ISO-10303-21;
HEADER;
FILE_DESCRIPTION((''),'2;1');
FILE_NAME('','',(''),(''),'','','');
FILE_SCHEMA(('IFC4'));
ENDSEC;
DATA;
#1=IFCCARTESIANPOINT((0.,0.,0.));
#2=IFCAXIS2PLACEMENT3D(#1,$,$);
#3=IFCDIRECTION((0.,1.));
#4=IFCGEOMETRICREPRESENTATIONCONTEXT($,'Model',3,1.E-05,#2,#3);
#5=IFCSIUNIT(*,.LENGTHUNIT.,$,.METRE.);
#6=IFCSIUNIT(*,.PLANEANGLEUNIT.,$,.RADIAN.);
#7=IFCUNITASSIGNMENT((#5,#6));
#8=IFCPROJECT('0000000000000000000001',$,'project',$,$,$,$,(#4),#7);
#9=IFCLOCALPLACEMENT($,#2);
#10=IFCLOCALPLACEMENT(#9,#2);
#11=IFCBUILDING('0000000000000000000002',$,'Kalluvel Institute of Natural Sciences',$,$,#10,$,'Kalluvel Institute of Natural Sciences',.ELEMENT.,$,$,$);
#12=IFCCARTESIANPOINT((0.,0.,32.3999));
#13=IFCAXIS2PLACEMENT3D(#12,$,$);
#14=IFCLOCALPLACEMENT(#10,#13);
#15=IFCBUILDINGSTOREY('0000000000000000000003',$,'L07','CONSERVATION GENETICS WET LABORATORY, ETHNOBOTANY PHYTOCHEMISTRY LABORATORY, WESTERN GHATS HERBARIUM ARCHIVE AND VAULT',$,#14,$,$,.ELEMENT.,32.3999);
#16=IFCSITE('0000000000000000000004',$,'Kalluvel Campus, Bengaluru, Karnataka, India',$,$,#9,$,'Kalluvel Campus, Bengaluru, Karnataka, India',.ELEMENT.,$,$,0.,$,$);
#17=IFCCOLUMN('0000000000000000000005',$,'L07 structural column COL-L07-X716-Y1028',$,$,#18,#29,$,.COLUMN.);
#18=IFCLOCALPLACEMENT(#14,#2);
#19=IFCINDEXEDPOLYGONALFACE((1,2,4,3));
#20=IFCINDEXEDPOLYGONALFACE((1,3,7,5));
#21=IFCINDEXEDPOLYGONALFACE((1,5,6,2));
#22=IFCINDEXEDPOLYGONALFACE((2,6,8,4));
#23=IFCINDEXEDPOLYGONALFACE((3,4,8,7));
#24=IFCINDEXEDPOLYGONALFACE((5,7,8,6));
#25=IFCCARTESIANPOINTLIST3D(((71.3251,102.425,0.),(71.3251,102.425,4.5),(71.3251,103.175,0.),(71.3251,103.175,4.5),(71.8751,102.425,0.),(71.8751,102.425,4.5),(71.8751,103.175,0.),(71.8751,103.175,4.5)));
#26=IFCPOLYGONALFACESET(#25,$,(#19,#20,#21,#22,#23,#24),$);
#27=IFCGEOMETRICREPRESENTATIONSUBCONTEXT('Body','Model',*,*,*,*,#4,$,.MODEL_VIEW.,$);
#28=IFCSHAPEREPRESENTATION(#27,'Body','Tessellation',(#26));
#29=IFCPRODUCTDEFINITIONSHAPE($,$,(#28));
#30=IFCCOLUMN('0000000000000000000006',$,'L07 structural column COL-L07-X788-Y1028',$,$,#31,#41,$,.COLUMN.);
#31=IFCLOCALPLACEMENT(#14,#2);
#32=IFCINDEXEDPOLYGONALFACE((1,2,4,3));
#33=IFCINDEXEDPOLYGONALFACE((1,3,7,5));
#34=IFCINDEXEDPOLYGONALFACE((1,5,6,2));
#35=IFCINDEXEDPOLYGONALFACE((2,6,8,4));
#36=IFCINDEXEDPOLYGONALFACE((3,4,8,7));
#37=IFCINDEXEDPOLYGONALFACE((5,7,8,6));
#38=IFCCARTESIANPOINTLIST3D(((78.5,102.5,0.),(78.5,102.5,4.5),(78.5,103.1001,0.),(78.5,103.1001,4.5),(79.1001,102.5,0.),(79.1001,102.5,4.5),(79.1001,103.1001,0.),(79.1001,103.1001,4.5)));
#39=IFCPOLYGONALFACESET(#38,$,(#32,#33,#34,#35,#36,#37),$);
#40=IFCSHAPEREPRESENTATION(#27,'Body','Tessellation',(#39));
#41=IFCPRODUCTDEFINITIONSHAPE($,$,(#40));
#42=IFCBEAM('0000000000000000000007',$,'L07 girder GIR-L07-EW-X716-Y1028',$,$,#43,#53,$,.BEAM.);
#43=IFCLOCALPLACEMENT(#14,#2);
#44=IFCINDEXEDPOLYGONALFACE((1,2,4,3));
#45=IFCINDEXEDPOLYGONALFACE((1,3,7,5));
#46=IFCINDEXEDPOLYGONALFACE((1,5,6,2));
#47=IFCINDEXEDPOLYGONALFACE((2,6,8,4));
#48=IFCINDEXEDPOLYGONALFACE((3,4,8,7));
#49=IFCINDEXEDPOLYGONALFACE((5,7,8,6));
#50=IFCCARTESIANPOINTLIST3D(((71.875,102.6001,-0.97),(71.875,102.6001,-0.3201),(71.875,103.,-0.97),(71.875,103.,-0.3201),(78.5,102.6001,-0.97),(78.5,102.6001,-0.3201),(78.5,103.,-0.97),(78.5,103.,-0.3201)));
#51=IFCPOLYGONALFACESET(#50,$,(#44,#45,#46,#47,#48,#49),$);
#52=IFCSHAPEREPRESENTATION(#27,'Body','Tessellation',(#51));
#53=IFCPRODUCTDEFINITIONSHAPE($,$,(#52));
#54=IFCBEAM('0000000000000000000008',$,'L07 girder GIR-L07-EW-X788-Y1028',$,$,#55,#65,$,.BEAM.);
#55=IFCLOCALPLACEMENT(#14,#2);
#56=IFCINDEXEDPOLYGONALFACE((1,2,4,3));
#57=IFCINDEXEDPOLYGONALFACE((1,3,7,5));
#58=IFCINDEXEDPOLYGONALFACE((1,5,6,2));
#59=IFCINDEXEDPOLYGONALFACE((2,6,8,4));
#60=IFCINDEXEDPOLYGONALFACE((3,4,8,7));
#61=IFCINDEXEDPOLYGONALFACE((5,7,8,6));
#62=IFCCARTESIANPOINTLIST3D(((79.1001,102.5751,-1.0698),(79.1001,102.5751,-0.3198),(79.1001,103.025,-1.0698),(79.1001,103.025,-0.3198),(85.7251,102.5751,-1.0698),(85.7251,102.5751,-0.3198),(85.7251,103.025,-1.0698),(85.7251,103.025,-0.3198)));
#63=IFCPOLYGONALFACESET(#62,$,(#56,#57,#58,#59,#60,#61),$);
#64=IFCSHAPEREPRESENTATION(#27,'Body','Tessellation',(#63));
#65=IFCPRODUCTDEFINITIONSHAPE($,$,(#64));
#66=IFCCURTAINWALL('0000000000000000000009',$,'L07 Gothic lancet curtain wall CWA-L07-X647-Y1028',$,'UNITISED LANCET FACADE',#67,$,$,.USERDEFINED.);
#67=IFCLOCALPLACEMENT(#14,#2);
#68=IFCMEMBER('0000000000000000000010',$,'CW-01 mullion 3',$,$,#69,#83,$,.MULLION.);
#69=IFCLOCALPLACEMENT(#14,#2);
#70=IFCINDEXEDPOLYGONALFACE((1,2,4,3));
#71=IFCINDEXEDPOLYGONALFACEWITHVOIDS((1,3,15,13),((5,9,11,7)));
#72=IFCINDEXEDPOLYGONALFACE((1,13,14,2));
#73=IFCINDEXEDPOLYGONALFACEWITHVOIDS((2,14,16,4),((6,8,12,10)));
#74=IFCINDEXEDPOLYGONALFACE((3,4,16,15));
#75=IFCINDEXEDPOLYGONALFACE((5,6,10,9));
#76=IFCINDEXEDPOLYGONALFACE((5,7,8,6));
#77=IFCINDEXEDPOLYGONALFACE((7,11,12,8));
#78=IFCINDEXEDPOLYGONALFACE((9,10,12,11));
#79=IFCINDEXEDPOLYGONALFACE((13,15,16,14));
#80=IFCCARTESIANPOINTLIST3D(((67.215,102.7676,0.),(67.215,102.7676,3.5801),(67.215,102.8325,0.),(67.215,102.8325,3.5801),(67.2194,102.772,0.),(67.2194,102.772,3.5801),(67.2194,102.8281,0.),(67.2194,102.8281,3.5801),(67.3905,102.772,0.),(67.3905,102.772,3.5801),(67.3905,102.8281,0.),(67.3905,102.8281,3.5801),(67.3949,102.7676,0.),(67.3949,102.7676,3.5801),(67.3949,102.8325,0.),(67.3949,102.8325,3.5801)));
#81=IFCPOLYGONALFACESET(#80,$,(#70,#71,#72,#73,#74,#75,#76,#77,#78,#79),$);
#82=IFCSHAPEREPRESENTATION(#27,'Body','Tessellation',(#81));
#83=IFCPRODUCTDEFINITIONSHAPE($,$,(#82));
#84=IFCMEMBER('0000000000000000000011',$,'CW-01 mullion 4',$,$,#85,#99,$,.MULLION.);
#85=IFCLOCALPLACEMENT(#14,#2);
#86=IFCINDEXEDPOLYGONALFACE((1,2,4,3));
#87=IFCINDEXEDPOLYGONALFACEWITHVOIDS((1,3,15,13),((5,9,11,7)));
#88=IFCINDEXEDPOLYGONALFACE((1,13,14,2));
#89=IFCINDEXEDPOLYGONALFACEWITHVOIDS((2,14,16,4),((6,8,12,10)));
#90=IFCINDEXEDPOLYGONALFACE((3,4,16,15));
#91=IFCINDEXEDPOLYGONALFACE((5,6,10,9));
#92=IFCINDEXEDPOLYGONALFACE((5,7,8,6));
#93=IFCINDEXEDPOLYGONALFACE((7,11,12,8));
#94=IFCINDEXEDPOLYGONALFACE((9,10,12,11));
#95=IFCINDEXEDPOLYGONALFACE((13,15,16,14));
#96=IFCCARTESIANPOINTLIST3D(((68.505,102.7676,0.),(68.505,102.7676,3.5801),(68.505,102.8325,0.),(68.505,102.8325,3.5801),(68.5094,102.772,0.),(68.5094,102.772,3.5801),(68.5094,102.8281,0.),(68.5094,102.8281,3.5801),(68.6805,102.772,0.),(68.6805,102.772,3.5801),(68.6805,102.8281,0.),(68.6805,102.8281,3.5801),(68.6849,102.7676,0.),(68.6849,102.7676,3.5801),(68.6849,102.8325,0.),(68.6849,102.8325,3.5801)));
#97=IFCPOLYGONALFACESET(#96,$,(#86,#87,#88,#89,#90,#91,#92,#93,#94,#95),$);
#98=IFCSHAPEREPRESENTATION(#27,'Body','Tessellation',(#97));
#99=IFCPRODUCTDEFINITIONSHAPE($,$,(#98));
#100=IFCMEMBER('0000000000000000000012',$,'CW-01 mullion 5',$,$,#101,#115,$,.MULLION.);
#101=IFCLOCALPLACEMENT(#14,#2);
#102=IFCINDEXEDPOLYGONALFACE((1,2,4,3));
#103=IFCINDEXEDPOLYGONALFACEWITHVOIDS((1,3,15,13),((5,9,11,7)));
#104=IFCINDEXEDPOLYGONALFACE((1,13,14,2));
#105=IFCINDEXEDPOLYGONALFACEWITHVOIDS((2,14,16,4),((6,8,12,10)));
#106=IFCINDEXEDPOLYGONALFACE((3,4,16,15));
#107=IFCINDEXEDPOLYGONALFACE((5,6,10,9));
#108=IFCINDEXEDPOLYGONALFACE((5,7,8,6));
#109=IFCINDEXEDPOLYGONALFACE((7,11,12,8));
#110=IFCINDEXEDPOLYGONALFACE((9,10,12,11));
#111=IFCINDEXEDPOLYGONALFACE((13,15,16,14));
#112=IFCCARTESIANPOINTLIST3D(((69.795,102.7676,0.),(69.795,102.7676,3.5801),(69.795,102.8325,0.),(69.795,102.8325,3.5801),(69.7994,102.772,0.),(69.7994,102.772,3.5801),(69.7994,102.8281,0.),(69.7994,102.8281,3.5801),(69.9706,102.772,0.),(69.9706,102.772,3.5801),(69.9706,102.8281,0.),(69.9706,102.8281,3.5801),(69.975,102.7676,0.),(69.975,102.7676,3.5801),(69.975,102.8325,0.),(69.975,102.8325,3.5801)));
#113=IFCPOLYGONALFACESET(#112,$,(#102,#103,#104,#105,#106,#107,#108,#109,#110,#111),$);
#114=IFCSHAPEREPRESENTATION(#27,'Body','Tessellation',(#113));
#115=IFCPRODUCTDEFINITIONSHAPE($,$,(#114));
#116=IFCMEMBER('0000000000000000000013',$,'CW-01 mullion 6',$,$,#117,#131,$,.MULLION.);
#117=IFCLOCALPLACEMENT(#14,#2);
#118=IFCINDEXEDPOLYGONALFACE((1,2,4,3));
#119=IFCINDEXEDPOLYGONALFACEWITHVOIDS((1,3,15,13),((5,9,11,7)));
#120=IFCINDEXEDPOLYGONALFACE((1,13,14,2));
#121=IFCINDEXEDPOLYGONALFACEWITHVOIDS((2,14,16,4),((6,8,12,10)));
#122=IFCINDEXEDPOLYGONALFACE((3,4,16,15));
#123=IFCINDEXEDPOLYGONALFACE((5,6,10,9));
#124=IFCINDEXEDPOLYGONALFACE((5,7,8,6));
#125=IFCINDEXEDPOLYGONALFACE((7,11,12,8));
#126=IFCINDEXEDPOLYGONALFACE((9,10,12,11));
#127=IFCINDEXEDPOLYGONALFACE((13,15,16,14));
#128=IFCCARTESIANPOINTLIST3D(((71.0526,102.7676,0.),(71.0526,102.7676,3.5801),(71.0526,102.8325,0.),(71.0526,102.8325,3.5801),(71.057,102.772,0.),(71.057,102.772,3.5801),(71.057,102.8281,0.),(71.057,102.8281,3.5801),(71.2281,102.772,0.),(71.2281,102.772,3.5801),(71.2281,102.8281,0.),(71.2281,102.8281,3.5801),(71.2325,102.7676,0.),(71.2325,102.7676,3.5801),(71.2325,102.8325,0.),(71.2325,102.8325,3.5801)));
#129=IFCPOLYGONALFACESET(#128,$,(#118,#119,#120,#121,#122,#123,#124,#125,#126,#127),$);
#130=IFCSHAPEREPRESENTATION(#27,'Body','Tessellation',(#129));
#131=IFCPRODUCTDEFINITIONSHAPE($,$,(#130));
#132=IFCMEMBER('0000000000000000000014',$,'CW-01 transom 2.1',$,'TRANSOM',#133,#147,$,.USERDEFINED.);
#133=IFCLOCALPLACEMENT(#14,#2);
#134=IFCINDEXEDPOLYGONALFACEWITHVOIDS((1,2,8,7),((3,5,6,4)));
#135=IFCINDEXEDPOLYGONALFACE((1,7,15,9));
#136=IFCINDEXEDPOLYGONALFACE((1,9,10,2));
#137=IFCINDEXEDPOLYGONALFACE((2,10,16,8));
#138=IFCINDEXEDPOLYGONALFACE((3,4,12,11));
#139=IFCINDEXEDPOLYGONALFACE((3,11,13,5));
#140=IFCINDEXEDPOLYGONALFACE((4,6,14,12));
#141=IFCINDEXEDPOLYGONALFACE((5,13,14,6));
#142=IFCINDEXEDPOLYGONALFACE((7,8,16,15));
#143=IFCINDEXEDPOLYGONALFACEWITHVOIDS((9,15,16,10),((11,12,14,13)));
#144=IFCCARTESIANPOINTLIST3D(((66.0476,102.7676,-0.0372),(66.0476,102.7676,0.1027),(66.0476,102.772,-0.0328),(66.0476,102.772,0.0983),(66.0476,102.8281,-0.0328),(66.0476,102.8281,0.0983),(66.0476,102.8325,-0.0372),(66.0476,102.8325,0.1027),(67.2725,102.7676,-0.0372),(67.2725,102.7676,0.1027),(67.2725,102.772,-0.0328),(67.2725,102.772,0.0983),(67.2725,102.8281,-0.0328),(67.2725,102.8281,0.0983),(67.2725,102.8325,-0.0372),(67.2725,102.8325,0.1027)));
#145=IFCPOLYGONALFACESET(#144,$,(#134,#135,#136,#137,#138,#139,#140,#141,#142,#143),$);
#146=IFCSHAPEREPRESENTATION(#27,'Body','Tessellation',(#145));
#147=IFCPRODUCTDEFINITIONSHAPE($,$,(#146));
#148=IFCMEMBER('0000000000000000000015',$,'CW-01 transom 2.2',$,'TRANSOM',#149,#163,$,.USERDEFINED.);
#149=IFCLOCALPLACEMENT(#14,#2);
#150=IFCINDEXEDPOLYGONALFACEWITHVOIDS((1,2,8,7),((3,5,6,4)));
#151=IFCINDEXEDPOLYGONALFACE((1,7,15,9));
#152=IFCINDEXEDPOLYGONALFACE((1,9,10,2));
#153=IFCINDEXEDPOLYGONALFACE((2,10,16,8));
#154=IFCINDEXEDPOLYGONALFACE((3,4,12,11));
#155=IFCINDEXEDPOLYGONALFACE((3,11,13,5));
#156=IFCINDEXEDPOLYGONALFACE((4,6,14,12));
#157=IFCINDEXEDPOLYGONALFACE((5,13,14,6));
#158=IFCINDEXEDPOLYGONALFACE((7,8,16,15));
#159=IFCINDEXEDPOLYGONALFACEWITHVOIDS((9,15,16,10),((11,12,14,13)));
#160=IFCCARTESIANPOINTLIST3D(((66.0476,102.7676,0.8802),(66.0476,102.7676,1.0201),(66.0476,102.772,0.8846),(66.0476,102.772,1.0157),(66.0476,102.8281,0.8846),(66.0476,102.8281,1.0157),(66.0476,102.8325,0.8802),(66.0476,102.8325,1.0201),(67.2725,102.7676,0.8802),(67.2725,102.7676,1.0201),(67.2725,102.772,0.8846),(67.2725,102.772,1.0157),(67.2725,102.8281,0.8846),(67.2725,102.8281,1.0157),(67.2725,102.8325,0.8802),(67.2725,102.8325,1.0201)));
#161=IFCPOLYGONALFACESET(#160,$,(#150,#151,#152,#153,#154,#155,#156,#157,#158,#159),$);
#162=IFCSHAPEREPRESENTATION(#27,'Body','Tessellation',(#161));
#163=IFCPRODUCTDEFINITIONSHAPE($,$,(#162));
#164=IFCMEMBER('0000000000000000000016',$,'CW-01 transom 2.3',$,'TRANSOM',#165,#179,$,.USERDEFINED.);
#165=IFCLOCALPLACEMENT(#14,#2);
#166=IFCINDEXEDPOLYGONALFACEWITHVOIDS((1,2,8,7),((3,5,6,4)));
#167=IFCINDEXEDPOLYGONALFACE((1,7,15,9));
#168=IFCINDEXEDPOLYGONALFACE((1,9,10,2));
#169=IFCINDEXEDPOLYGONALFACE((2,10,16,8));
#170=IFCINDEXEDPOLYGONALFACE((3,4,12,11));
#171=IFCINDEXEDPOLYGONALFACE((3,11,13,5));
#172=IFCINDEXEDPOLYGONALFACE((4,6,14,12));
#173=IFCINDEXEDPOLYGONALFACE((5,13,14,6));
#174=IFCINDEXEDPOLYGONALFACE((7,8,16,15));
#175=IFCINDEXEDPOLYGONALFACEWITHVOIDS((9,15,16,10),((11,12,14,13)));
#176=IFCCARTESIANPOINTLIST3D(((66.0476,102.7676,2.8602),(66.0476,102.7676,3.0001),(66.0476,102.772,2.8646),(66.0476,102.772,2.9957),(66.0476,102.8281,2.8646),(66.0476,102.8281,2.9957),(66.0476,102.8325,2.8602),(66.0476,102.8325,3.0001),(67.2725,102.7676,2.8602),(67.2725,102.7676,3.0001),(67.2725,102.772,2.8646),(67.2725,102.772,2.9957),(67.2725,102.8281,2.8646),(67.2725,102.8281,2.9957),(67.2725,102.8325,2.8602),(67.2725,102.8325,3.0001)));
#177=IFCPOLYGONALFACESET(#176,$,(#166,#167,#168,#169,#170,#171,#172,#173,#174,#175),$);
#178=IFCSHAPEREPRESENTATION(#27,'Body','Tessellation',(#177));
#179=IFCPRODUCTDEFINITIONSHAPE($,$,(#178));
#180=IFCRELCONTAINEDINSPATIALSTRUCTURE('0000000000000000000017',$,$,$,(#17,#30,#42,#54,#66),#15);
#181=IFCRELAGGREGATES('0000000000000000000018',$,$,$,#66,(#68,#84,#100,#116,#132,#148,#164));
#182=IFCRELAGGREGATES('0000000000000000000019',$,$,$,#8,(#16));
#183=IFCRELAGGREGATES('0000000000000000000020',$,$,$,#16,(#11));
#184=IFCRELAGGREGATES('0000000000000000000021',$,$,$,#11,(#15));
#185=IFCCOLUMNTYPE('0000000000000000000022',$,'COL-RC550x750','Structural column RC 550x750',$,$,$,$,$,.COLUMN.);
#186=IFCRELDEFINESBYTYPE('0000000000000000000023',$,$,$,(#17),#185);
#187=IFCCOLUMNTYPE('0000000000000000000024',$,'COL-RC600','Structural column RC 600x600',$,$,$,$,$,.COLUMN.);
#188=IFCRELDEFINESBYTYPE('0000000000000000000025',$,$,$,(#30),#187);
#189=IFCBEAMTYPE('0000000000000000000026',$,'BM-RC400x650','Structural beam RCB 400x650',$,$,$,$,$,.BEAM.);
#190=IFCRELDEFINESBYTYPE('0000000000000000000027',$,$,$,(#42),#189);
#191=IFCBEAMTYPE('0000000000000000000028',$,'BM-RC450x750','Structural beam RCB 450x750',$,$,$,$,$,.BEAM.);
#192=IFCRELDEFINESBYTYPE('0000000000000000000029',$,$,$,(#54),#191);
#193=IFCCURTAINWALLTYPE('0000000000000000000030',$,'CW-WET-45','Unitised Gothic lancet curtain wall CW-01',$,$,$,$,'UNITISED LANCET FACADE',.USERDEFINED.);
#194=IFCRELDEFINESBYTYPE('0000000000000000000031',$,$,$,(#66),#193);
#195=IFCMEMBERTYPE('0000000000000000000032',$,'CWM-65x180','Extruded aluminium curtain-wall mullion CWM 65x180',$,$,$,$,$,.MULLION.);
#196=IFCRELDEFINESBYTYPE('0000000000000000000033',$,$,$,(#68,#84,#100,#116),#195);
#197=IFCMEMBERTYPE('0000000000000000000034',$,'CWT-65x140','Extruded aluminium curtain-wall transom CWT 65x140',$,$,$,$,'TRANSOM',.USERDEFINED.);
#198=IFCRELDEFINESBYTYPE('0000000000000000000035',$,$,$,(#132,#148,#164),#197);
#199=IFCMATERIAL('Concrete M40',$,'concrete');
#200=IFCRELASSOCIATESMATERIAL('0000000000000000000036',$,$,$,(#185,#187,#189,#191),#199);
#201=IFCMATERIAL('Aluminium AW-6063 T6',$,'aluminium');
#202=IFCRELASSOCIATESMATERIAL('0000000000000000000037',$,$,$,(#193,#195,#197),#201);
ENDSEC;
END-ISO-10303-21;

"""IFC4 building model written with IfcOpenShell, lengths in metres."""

from ifc_helpers import new_model, si_unit, direction, frame, origin, origin_2d, place, context, subcontext, project, spatial, rectangle, hollow_rectangle, extrude, material, material_profile, profile_set, type_object, element, aggregate, save


model = new_model("IFC4")

# Units and contexts
model_context = context("Model", 3, precision=1e-05, world=origin(), true_north=direction((0.0, 1.0)))
body_context = subcontext(model_context, "Body", "Model", "MODEL_VIEW")
ifc_project = project(units=[si_unit("LENGTHUNIT", "METRE"), si_unit("PLANEANGLEUNIT", "RADIAN")], contexts=[model_context])

# Site, building, storey
site_placement = place(None, origin())
site = spatial("IfcSite", under=ifc_project, at=site_placement, Name="Kalluvel Campus, Bengaluru, Karnataka, India", LongName="Kalluvel Campus, Bengaluru, Karnataka, India", CompositionType="ELEMENT", RefElevation=0.0)
building_placement = place(site_placement, origin())
building = spatial("IfcBuilding", under=site, at=building_placement, Name="Kalluvel Institute of Natural Sciences", LongName="Kalluvel Institute of Natural Sciences", CompositionType="ELEMENT")
storey_placement = place(building_placement, frame((0.0, 0.0, 32.3999)))
storey = spatial("IfcBuildingStorey", under=building, at=storey_placement, Name="L07", Description="CONSERVATION GENETICS WET LABORATORY, ETHNOBOTANY PHYTOCHEMISTRY LABORATORY, WESTERN GHATS HERBARIUM ARCHIVE AND VAULT", CompositionType="ELEMENT", Elevation=32.3999)

# Columns
ifc_material_1 = material(Name="Concrete M40", Category="concrete")
ifc_material_profile_1 = material_profile(ifc_material_1, rectangle(XDim=0.55, YDim=0.75, at=origin_2d()), Name="RC 550x750")
ifc_profile_set_1 = profile_set([ifc_material_profile_1], Name="Concrete M40")
column_type_1 = type_object("IfcColumnType", Name="COL-RC550x750", Description="Structural column RC 550x750", PredefinedType="COLUMN", material=ifc_profile_set_1)
column_1_placement = place(storey_placement, frame((71.6001, 102.8, 0.0), z_axis=(0.0, 0.0, 1.0), x_axis=(1.0, 0.0, 0.0)))
element("IfcColumn", 1, at=column_1_placement, inside=storey, type_object=column_type_1, Name="L07 structural column COL-L07-X716-Y1028", PredefinedType="COLUMN", context=body_context, shape_type="SweptSolid", body=[
    extrude(rectangle(XDim=0.55, YDim=0.75, at=origin_2d()), origin(), (0.0, 0.0, 1.0), 4.5),
])
ifc_material_profile_2 = material_profile(ifc_material_1, rectangle(XDim=0.6001, YDim=0.6001, at=origin_2d()), Name="RC 600x600")
ifc_profile_set_2 = profile_set([ifc_material_profile_2], Name="Concrete M40")
column_type_2 = type_object("IfcColumnType", Name="COL-RC600", Description="Structural column RC 600x600", PredefinedType="COLUMN", material=ifc_profile_set_2)
column_2_placement = place(storey_placement, frame((78.8, 102.8, 0.0), z_axis=(0.0, 0.0, 1.0), x_axis=(1.0, 0.0, 0.0)))
element("IfcColumn", 2, at=column_2_placement, inside=storey, type_object=column_type_2, Name="L07 structural column COL-L07-X788-Y1028", PredefinedType="COLUMN", context=body_context, shape_type="SweptSolid", body=[
    extrude(rectangle(XDim=0.6001, YDim=0.6001, at=origin_2d()), origin(), (0.0, 0.0, 1.0), 4.5),
])

# Beams
ifc_material_profile_3 = material_profile(ifc_material_1, rectangle(XDim=0.3999, YDim=0.6499, at=origin_2d()), Name="RCB 400x650")
ifc_profile_set_3 = profile_set([ifc_material_profile_3], Name="Concrete M40")
beam_type_1 = type_object("IfcBeamType", Name="BM-RC400x650", Description="Structural beam RCB 400x650", PredefinedType="BEAM", material=ifc_profile_set_3)
beam_1_placement = place(storey_placement, frame((71.875, 102.8, -0.645), z_axis=(1.0, 0.0, 0.0), x_axis=(0.0, 1.0, 0.0)))
element("IfcBeam", 3, at=beam_1_placement, inside=storey, type_object=beam_type_1, Name="L07 girder GIR-L07-EW-X716-Y1028", PredefinedType="BEAM", context=body_context, shape_type="SweptSolid", body=[
    extrude(rectangle(XDim=0.3999, YDim=0.6499, at=origin_2d()), origin(), (0.0, 0.0, 1.0), 6.625),
])
ifc_material_profile_4 = material_profile(ifc_material_1, rectangle(XDim=0.45, YDim=0.75, at=origin_2d()), Name="RCB 450x750")
ifc_profile_set_4 = profile_set([ifc_material_profile_4], Name="Concrete M40")
beam_type_2 = type_object("IfcBeamType", Name="BM-RC450x750", Description="Structural beam RCB 450x750", PredefinedType="BEAM", material=ifc_profile_set_4)
beam_2_placement = place(storey_placement, frame((79.1001, 102.8, -0.6948), z_axis=(1.0, 0.0, 0.0), x_axis=(0.0, 1.0, 0.0)))
element("IfcBeam", 4, at=beam_2_placement, inside=storey, type_object=beam_type_2, Name="L07 girder GIR-L07-EW-X788-Y1028", PredefinedType="BEAM", context=body_context, shape_type="SweptSolid", body=[
    extrude(rectangle(XDim=0.45, YDim=0.75, at=origin_2d()), origin(), (0.0, 0.0, 1.0), 6.625),
])

# Curtain wall, members
ifc_material_2 = material(Name="Aluminium AW-6063 T6", Category="aluminium")
curtain_wall_type = type_object("IfcCurtainWallType", Name="CW-WET-45", Description="Unitised Gothic lancet curtain wall CW-01", ElementType="UNITISED LANCET FACADE", PredefinedType="USERDEFINED", material=ifc_material_2)
curtain_wall_placement = place(storey_placement, origin())
curtain_wall = element("IfcCurtainWall", 5, at=curtain_wall_placement, inside=storey, type_object=curtain_wall_type, Name="L07 Gothic lancet curtain wall CWA-L07-X647-Y1028", ObjectType="UNITISED LANCET FACADE", PredefinedType="USERDEFINED")
ifc_material_profile_5 = material_profile(ifc_material_2, hollow_rectangle(XDim=0.0649, YDim=0.1799, WallThickness=0.0044, at=origin_2d()), Name="CWM 65x180")
ifc_profile_set_5 = profile_set([ifc_material_profile_5], Name="Aluminium AW-6063 T6")
member_type_1 = type_object("IfcMemberType", Name="CWM-65x180", Description="Extruded aluminium curtain-wall mullion CWM 65x180", PredefinedType="MULLION", material=ifc_profile_set_5)
member_1_placement = place(storey_placement, frame((67.3049, 102.8, 0.0), z_axis=(0.0, 0.0, 1.0), x_axis=(0.0, 1.0, 0.0)))
member_1 = element("IfcMember", 6, at=member_1_placement, type_object=member_type_1, Name="CW-01 mullion 3", PredefinedType="MULLION", context=body_context, shape_type="SweptSolid", body=[
    extrude(hollow_rectangle(XDim=0.0649, YDim=0.1799, WallThickness=0.0044, at=origin_2d()), origin(), (0.0, 0.0, 1.0), 3.5801),
])
member_2_placement = place(storey_placement, frame((68.595, 102.8, 0.0), z_axis=(0.0, 0.0, 1.0), x_axis=(0.0, 1.0, 0.0)))
member_2 = element("IfcMember", 7, at=member_2_placement, type_object=member_type_1, Name="CW-01 mullion 4", PredefinedType="MULLION", context=body_context, shape_type="SweptSolid", body=[
    extrude(hollow_rectangle(XDim=0.0649, YDim=0.1799, WallThickness=0.0044, at=origin_2d()), origin(), (0.0, 0.0, 1.0), 3.5801),
])
member_3_placement = place(storey_placement, frame((69.885, 102.8, 0.0), z_axis=(0.0, 0.0, 1.0), x_axis=(0.0, 1.0, 0.0)))
member_3 = element("IfcMember", 8, at=member_3_placement, type_object=member_type_1, Name="CW-01 mullion 5", PredefinedType="MULLION", context=body_context, shape_type="SweptSolid", body=[
    extrude(hollow_rectangle(XDim=0.0649, YDim=0.1799, WallThickness=0.0044, at=origin_2d()), origin(), (0.0, 0.0, 1.0), 3.5801),
])
member_4_placement = place(storey_placement, frame((71.1426, 102.8, 0.0), z_axis=(0.0, 0.0, 1.0), x_axis=(0.0, 1.0, 0.0)))
member_4 = element("IfcMember", 9, at=member_4_placement, type_object=member_type_1, Name="CW-01 mullion 6", PredefinedType="MULLION", context=body_context, shape_type="SweptSolid", body=[
    extrude(hollow_rectangle(XDim=0.0649, YDim=0.1799, WallThickness=0.0044, at=origin_2d()), origin(), (0.0, 0.0, 1.0), 3.5801),
])
ifc_material_profile_6 = material_profile(ifc_material_2, hollow_rectangle(XDim=0.0649, YDim=0.1399, WallThickness=0.0044, at=origin_2d()), Name="CWT 65x140")
ifc_profile_set_6 = profile_set([ifc_material_profile_6], Name="Aluminium AW-6063 T6")
member_type_2 = type_object("IfcMemberType", Name="CWT-65x140", Description="Extruded aluminium curtain-wall transom CWT 65x140", ElementType="TRANSOM", PredefinedType="USERDEFINED", material=ifc_profile_set_6)
member_5_placement = place(storey_placement, frame((66.0476, 102.8, 0.0327), z_axis=(1.0, 0.0, 0.0), x_axis=(0.0, 1.0, 0.0)))
member_5 = element("IfcMember", 10, at=member_5_placement, type_object=member_type_2, Name="CW-01 transom 2.1", ObjectType="TRANSOM", PredefinedType="USERDEFINED", context=body_context, shape_type="SweptSolid", body=[
    extrude(hollow_rectangle(XDim=0.0649, YDim=0.1399, WallThickness=0.0044, at=origin_2d()), origin(), (0.0, 0.0, 1.0), 1.2249),
])
member_6_placement = place(storey_placement, frame((66.0476, 102.8, 0.9502), z_axis=(1.0, 0.0, 0.0), x_axis=(0.0, 1.0, 0.0)))
member_6 = element("IfcMember", 11, at=member_6_placement, type_object=member_type_2, Name="CW-01 transom 2.2", ObjectType="TRANSOM", PredefinedType="USERDEFINED", context=body_context, shape_type="SweptSolid", body=[
    extrude(hollow_rectangle(XDim=0.0649, YDim=0.1399, WallThickness=0.0044, at=origin_2d()), origin(), (0.0, 0.0, 1.0), 1.2249),
])
member_7_placement = place(storey_placement, frame((66.0476, 102.8, 2.9302), z_axis=(1.0, 0.0, 0.0), x_axis=(0.0, 1.0, 0.0)))
member_7 = element("IfcMember", 12, at=member_7_placement, type_object=member_type_2, Name="CW-01 transom 2.3", ObjectType="TRANSOM", PredefinedType="USERDEFINED", context=body_context, shape_type="SweptSolid", body=[
    extrude(hollow_rectangle(XDim=0.0649, YDim=0.1399, WallThickness=0.0044, at=origin_2d()), origin(), (0.0, 0.0, 1.0), 1.2249),
])
aggregate(curtain_wall, [member_1, member_2, member_3, member_4, member_5, member_6, member_7])

save(model, "model.ifc")
